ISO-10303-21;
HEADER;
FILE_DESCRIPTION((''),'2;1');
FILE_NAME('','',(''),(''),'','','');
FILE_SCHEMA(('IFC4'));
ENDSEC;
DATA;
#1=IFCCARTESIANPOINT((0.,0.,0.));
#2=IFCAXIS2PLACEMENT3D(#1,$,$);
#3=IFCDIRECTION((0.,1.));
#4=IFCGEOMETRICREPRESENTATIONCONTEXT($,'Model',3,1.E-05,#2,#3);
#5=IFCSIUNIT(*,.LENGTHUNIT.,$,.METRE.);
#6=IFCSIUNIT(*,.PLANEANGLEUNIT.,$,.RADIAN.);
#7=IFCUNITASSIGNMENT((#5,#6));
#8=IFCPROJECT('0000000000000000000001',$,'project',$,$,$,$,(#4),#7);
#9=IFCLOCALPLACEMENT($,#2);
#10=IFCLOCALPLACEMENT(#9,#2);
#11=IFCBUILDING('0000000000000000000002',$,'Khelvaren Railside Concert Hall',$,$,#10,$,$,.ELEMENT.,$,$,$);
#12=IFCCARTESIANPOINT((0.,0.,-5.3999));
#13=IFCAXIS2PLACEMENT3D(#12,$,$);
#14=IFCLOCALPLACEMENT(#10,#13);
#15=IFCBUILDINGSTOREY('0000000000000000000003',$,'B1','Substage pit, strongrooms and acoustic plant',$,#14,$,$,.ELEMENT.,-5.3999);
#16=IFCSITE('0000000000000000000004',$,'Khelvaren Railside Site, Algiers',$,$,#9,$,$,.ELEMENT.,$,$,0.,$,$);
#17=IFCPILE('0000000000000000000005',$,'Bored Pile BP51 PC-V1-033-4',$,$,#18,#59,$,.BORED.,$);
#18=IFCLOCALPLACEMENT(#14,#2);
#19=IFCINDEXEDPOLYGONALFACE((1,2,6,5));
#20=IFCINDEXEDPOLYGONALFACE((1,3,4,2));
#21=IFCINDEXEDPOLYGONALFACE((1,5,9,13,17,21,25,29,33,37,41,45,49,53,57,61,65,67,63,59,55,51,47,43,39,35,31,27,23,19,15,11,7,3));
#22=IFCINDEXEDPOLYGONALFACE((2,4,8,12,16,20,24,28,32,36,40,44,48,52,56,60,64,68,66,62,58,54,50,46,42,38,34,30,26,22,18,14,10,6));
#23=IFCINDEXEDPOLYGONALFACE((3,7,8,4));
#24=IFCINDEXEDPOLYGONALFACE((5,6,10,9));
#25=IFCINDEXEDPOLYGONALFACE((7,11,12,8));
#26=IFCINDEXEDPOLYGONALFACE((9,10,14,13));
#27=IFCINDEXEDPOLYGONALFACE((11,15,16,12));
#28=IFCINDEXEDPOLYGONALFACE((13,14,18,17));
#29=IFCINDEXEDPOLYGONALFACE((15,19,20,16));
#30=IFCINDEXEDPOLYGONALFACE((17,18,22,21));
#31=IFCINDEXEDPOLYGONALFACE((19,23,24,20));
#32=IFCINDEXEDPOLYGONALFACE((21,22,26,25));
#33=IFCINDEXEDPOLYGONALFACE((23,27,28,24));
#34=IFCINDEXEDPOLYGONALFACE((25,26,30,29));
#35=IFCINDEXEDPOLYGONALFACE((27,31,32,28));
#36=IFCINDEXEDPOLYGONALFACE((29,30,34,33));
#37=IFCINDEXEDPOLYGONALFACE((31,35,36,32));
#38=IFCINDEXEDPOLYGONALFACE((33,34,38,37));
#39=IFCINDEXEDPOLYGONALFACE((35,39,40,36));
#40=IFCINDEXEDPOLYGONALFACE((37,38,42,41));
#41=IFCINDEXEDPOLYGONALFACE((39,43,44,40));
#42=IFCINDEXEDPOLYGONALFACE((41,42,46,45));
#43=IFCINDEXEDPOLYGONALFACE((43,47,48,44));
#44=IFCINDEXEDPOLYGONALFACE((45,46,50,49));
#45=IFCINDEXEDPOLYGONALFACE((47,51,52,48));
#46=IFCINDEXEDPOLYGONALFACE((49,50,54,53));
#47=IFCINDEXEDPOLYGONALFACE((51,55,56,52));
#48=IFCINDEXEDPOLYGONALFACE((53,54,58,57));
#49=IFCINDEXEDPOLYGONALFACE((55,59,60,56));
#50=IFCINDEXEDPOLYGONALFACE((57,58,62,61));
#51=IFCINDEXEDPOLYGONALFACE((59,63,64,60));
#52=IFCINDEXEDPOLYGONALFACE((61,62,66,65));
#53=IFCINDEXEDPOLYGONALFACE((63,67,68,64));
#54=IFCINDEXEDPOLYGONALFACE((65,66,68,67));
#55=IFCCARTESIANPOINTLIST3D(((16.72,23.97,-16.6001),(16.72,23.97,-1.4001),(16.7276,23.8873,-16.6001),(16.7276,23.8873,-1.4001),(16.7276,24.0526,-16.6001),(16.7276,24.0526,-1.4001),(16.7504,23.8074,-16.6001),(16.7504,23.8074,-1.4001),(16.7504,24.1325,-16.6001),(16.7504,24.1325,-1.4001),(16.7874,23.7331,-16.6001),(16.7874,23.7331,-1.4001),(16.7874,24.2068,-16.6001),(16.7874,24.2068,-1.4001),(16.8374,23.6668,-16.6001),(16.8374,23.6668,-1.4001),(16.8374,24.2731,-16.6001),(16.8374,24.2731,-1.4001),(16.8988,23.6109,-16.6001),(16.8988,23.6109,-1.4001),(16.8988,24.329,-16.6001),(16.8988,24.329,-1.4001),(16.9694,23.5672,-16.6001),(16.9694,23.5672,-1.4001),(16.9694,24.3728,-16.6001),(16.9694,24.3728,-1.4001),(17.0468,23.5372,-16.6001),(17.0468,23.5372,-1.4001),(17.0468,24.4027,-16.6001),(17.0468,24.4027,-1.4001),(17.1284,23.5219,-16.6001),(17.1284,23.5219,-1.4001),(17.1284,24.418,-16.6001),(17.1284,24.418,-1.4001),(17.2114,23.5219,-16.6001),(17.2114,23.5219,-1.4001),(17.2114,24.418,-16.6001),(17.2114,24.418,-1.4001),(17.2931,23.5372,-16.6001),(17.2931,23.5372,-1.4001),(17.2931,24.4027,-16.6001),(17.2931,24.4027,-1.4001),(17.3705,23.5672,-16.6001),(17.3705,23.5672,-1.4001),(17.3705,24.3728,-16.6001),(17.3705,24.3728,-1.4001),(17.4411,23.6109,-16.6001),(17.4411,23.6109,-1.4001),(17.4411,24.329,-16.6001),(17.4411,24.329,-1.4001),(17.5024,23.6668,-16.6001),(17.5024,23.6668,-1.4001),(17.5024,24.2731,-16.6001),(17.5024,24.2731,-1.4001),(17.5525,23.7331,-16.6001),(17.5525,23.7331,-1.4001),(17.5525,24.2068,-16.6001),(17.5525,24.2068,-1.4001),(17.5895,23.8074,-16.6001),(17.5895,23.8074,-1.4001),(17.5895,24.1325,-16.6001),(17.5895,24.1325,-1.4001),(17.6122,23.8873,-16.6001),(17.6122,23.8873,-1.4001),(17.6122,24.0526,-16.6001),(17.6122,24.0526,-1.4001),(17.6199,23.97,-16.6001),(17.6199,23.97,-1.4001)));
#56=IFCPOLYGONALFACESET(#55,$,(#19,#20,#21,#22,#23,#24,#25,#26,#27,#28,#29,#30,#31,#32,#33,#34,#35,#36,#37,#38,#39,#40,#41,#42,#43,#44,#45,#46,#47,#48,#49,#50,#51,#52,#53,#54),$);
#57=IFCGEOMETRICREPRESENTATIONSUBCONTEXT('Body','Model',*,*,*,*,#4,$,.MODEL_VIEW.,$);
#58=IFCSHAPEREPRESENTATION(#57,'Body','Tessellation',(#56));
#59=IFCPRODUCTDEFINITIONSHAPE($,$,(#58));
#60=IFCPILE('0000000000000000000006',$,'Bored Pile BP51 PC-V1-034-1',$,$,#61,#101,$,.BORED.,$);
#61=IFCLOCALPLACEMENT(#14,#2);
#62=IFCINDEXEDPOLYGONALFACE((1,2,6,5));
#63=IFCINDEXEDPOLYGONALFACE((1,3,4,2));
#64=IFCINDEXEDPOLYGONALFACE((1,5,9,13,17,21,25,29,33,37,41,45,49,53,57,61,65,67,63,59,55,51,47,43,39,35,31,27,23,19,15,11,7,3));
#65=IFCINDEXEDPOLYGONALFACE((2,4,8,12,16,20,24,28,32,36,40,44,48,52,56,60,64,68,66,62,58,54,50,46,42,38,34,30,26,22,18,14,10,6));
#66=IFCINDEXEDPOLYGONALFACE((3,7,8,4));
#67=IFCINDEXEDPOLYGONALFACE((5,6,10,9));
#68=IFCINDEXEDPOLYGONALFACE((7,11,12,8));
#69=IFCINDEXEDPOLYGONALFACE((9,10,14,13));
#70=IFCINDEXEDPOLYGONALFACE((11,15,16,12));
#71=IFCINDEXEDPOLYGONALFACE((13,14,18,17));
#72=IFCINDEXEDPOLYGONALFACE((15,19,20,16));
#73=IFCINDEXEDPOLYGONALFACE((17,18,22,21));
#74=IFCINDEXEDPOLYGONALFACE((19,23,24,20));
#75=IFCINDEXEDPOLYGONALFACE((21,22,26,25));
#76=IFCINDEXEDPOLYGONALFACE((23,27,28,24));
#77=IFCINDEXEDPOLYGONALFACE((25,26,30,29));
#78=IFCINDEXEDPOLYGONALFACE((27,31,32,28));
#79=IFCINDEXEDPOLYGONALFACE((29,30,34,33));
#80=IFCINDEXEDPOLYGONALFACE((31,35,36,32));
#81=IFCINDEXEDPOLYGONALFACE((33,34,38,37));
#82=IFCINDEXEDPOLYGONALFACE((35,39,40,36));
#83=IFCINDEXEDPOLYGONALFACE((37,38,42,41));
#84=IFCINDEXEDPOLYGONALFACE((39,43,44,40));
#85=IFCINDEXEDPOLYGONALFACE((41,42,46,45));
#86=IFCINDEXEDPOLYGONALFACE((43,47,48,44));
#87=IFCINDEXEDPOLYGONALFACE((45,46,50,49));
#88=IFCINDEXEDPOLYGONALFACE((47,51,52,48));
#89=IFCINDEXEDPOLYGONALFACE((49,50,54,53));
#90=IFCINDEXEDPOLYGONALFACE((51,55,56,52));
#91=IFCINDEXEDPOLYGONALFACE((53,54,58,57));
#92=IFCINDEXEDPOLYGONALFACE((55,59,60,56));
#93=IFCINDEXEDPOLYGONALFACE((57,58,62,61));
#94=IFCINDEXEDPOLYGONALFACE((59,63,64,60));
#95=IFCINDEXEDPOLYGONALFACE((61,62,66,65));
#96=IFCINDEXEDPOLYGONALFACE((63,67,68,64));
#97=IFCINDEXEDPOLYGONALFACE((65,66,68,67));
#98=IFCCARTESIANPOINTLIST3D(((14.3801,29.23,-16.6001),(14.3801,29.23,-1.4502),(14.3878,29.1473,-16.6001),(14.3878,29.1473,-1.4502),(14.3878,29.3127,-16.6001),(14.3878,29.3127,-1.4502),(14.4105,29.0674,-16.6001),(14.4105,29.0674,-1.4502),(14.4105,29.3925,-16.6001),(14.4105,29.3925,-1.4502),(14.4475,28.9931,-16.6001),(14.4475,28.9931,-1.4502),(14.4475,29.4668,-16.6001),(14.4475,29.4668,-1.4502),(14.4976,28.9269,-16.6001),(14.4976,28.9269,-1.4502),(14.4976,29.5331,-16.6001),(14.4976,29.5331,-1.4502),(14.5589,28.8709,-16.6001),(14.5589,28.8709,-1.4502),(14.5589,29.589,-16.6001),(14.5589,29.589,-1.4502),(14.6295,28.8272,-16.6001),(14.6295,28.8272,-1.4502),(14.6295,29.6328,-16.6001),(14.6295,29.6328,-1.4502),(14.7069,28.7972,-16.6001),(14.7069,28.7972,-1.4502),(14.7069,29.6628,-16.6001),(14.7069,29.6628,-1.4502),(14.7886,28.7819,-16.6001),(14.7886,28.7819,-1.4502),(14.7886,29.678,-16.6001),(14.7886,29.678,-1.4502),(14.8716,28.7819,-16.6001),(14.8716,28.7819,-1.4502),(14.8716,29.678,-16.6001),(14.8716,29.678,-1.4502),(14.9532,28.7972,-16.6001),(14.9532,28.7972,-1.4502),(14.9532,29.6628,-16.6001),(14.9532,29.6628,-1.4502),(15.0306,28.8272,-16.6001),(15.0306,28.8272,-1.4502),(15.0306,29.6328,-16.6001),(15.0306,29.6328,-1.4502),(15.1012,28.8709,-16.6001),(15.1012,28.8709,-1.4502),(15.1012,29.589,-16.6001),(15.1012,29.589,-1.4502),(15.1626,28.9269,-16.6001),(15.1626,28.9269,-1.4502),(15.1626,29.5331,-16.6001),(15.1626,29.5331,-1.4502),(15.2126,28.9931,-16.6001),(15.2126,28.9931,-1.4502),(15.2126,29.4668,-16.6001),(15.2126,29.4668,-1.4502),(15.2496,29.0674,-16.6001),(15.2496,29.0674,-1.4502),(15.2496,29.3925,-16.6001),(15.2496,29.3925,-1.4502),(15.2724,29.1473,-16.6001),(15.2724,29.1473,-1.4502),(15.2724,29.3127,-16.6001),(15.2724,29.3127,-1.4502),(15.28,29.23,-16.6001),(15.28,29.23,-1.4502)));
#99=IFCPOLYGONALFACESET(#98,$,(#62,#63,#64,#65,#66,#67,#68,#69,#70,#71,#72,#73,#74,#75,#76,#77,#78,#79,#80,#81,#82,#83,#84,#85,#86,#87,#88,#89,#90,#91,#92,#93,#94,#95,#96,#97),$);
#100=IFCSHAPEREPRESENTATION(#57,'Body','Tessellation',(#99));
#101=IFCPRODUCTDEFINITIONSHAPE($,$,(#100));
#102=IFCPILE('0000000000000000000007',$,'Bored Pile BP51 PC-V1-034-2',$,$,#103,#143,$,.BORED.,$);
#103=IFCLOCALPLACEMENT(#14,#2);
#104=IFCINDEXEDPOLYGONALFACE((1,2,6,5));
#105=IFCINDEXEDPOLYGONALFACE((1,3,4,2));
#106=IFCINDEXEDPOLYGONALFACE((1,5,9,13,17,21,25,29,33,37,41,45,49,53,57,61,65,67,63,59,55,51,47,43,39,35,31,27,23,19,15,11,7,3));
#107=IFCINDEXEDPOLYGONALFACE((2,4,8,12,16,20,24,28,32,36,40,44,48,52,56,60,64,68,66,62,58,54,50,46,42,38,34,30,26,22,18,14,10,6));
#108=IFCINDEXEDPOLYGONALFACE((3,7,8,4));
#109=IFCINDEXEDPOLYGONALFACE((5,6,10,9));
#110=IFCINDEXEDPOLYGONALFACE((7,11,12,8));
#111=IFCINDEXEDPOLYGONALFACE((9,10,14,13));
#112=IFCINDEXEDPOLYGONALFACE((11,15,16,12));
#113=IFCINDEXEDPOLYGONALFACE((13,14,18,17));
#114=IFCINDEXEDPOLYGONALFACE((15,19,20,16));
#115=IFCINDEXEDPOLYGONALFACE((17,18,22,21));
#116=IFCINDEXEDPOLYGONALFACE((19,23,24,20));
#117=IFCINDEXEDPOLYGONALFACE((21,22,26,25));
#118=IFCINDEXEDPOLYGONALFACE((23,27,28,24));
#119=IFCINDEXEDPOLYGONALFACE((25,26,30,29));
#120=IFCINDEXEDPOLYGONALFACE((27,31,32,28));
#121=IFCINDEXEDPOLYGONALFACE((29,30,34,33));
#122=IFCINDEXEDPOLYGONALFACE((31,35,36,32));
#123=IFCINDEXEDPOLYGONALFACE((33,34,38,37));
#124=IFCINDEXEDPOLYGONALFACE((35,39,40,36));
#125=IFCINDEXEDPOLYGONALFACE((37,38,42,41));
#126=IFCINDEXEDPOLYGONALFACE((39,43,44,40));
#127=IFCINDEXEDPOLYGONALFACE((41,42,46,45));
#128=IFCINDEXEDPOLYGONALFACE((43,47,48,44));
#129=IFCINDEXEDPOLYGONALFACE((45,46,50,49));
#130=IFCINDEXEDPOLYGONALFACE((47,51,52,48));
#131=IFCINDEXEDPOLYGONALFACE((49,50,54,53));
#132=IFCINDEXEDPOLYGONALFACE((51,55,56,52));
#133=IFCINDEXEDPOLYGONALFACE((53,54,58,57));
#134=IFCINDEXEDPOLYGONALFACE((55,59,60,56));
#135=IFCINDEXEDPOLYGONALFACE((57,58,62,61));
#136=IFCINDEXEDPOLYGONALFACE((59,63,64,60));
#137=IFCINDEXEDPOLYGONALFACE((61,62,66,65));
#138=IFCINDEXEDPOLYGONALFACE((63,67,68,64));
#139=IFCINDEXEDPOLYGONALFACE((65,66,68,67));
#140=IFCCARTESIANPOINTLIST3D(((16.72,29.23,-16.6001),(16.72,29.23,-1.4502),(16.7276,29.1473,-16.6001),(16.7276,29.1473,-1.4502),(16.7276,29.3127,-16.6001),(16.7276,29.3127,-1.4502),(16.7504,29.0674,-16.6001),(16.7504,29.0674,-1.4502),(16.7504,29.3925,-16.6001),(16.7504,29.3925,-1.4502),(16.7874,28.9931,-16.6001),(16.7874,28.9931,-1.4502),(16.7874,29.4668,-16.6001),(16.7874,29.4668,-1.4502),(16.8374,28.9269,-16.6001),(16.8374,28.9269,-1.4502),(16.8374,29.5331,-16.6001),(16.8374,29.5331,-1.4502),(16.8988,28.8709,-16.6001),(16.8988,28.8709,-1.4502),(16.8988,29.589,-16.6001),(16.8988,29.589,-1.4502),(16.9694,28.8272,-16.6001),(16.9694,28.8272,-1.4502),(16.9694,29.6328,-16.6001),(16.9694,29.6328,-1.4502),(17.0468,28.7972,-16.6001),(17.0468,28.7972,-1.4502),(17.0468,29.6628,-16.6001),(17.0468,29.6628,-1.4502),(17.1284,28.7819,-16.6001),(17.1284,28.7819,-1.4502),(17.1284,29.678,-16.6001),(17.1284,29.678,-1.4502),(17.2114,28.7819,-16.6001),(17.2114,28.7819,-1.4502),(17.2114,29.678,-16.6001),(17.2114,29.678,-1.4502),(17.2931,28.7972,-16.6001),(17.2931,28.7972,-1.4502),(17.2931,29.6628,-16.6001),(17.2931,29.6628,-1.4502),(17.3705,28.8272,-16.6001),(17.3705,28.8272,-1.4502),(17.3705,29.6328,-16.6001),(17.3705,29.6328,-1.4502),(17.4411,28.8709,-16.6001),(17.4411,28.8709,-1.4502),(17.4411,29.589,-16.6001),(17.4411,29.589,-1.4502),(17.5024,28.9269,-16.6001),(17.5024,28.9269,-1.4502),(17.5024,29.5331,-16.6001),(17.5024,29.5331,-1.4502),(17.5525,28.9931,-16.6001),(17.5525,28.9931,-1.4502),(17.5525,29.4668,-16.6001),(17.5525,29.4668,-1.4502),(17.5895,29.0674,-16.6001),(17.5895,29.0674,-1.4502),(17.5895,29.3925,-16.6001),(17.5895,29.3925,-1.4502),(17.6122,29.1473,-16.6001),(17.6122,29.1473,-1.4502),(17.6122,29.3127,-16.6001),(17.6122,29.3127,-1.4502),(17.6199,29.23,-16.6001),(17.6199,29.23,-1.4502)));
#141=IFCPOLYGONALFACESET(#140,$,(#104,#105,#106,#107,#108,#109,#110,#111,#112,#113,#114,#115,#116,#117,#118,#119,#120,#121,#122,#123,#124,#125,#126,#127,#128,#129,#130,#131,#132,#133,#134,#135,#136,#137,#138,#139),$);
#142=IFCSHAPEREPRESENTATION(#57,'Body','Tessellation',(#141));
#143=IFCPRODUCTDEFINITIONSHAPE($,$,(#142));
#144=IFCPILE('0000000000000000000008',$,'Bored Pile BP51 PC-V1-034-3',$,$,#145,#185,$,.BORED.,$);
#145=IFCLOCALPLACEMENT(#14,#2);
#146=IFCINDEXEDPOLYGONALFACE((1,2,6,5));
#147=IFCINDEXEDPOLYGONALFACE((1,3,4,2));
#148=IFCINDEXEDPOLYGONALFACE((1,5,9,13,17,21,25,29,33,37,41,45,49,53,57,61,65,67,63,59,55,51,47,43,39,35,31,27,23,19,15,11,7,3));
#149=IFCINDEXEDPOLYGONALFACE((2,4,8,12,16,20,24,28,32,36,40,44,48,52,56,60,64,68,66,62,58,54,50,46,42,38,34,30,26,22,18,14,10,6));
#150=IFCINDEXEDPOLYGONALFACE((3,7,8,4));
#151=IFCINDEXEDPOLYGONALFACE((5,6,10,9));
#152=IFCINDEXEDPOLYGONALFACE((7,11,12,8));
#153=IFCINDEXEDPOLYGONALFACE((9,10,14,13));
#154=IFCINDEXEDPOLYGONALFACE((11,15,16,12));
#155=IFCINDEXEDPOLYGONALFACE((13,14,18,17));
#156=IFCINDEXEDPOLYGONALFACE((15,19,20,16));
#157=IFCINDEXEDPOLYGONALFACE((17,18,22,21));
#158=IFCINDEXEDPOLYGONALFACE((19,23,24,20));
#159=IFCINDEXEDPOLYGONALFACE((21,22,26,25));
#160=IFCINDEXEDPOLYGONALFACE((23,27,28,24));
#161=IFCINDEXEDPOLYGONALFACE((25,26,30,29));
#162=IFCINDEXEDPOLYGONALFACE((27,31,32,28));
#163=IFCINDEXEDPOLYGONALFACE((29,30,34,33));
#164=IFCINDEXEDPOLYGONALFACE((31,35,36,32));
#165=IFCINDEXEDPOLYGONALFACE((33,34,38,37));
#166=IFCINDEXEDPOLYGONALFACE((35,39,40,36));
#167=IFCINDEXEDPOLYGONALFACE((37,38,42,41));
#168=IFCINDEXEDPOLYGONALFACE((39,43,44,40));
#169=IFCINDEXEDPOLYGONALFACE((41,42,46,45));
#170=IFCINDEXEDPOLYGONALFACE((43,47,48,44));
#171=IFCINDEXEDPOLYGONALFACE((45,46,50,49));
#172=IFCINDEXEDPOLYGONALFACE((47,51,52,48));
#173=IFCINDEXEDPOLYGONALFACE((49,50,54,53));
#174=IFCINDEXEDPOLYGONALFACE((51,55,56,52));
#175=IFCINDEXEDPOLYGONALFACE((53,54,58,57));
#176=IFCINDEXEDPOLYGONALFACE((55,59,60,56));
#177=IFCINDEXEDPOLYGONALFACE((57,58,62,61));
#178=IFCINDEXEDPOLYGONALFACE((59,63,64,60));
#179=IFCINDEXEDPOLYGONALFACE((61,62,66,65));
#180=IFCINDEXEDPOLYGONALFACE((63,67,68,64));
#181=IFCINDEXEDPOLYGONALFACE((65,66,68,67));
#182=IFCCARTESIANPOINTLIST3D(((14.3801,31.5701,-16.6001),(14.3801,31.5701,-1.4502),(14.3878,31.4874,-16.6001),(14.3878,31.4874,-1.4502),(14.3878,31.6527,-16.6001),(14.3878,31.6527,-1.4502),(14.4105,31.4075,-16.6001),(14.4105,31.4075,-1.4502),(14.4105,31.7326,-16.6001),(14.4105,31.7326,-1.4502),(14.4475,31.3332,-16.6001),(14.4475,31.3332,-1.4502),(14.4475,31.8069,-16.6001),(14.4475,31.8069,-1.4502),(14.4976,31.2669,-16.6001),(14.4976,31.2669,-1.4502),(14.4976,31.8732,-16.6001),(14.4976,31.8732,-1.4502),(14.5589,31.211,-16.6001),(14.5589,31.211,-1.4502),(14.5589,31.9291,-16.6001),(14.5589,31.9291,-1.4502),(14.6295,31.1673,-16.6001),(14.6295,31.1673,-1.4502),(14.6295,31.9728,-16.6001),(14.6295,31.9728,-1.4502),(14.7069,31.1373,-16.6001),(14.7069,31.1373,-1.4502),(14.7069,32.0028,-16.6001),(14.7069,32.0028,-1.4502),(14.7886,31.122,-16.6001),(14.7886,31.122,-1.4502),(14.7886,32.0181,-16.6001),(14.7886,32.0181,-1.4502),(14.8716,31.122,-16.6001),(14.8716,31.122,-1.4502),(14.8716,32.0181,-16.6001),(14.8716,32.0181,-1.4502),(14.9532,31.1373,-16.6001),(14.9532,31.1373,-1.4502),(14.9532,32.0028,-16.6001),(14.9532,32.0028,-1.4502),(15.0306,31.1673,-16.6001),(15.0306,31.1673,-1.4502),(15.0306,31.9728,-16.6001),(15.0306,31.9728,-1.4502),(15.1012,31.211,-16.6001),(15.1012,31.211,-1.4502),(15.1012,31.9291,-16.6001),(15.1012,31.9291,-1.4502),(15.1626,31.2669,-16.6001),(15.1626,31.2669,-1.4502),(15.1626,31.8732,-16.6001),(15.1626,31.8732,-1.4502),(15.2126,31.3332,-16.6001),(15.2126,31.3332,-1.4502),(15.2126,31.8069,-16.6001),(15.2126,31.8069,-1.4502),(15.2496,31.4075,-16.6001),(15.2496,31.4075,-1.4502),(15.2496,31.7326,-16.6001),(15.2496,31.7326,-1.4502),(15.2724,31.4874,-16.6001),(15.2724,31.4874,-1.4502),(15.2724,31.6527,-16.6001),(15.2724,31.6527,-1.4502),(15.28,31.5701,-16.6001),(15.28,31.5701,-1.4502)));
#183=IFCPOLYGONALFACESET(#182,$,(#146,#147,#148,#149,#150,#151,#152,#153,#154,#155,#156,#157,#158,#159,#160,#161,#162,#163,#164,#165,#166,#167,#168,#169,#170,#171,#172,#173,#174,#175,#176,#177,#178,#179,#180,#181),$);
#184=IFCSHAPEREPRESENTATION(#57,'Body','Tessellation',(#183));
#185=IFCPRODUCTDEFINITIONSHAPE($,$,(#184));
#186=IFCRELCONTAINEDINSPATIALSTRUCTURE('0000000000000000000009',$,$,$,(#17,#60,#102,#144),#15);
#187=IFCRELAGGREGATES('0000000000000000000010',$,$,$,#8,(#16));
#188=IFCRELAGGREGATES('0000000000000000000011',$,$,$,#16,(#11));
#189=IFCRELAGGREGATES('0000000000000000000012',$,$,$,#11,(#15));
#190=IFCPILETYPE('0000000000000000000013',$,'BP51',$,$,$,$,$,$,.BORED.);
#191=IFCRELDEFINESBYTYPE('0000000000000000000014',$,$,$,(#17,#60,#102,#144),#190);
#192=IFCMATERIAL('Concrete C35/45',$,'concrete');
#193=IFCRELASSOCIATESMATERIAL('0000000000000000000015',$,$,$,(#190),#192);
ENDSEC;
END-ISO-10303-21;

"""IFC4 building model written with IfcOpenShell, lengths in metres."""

from ifc_helpers import new_model, si_unit, direction, frame, origin, origin_2d, place, context, subcontext, project, spatial, circle, extrude, material, material_profile, profile_set, type_object, element, save


model = new_model("IFC4")

# Units and contexts
model_context = context("Model", 3, precision=1e-05, world=origin(), true_north=direction((0.0, 1.0)))
body_context = subcontext(model_context, "Body", "Model", "MODEL_VIEW")
ifc_project = project(units=[si_unit("LENGTHUNIT", "METRE"), si_unit("PLANEANGLEUNIT", "RADIAN")], contexts=[model_context])

# Site, building, storey
site_placement = place(None, origin())
site = spatial("IfcSite", under=ifc_project, at=site_placement, Name="Khelvaren Railside Site, Algiers", CompositionType="ELEMENT", RefElevation=0.0)
building_placement = place(site_placement, origin())
building = spatial("IfcBuilding", under=site, at=building_placement, Name="Khelvaren Railside Concert Hall", CompositionType="ELEMENT")
storey_placement = place(building_placement, frame((0.0, 0.0, -5.3999)))
storey = spatial("IfcBuildingStorey", under=building, at=storey_placement, Name="B1", Description="Substage pit, strongrooms and acoustic plant", CompositionType="ELEMENT", Elevation=-5.3999)

# Piles
ifc_material_1 = material(Name="Concrete C35/45", Category="concrete")
ifc_material_profile_1 = material_profile(ifc_material_1, circle(Radius=0.45, at=origin_2d()), Name="BP D900")
ifc_profile_set_1 = profile_set([ifc_material_profile_1], Name="Concrete C35/45")
pile_type = type_object("IfcPileType", Name="BP51", PredefinedType="BORED", material=ifc_profile_set_1)
for number, where, z_axis, x_axis, name in (
    (1, (17.1699, 23.97, -1.4001), (0.0, 0.0, -1.0), (1.0, 0.0, 0.0), "Bored Pile BP51 PC-V1-033-4"),
):
    element("IfcPile", number, at=place(storey_placement, frame(where, z_axis=z_axis, x_axis=x_axis)), inside=storey, type_object=pile_type, Name=name, PredefinedType="BORED", context=body_context, shape_type="SweptSolid", body=[
        extrude(circle(Radius=0.45, at=origin_2d()), origin(), (0.0, 0.0, 1.0), 15.2),
    ])
for number, where, z_axis, x_axis, name in (
    (2, (14.8301, 29.23, -1.4502), (0.0, 0.0, -1.0), (1.0, 0.0, 0.0), "Bored Pile BP51 PC-V1-034-1"),
    (3, (17.1699, 29.23, -1.4502), (0.0, 0.0, -1.0), (1.0, 0.0, 0.0), "Bored Pile BP51 PC-V1-034-2"),
    (4, (14.8301, 31.5701, -1.4502), (0.0, 0.0, -1.0), (1.0, 0.0, 0.0), "Bored Pile BP51 PC-V1-034-3"),
):
    element("IfcPile", number, at=place(storey_placement, frame(where, z_axis=z_axis, x_axis=x_axis)), inside=storey, type_object=pile_type, Name=name, PredefinedType="BORED", context=body_context, shape_type="SweptSolid", body=[
        extrude(circle(Radius=0.45, at=origin_2d()), origin(), (0.0, 0.0, 1.0), 15.1499),
    ])

save(model, "model.ifc")
